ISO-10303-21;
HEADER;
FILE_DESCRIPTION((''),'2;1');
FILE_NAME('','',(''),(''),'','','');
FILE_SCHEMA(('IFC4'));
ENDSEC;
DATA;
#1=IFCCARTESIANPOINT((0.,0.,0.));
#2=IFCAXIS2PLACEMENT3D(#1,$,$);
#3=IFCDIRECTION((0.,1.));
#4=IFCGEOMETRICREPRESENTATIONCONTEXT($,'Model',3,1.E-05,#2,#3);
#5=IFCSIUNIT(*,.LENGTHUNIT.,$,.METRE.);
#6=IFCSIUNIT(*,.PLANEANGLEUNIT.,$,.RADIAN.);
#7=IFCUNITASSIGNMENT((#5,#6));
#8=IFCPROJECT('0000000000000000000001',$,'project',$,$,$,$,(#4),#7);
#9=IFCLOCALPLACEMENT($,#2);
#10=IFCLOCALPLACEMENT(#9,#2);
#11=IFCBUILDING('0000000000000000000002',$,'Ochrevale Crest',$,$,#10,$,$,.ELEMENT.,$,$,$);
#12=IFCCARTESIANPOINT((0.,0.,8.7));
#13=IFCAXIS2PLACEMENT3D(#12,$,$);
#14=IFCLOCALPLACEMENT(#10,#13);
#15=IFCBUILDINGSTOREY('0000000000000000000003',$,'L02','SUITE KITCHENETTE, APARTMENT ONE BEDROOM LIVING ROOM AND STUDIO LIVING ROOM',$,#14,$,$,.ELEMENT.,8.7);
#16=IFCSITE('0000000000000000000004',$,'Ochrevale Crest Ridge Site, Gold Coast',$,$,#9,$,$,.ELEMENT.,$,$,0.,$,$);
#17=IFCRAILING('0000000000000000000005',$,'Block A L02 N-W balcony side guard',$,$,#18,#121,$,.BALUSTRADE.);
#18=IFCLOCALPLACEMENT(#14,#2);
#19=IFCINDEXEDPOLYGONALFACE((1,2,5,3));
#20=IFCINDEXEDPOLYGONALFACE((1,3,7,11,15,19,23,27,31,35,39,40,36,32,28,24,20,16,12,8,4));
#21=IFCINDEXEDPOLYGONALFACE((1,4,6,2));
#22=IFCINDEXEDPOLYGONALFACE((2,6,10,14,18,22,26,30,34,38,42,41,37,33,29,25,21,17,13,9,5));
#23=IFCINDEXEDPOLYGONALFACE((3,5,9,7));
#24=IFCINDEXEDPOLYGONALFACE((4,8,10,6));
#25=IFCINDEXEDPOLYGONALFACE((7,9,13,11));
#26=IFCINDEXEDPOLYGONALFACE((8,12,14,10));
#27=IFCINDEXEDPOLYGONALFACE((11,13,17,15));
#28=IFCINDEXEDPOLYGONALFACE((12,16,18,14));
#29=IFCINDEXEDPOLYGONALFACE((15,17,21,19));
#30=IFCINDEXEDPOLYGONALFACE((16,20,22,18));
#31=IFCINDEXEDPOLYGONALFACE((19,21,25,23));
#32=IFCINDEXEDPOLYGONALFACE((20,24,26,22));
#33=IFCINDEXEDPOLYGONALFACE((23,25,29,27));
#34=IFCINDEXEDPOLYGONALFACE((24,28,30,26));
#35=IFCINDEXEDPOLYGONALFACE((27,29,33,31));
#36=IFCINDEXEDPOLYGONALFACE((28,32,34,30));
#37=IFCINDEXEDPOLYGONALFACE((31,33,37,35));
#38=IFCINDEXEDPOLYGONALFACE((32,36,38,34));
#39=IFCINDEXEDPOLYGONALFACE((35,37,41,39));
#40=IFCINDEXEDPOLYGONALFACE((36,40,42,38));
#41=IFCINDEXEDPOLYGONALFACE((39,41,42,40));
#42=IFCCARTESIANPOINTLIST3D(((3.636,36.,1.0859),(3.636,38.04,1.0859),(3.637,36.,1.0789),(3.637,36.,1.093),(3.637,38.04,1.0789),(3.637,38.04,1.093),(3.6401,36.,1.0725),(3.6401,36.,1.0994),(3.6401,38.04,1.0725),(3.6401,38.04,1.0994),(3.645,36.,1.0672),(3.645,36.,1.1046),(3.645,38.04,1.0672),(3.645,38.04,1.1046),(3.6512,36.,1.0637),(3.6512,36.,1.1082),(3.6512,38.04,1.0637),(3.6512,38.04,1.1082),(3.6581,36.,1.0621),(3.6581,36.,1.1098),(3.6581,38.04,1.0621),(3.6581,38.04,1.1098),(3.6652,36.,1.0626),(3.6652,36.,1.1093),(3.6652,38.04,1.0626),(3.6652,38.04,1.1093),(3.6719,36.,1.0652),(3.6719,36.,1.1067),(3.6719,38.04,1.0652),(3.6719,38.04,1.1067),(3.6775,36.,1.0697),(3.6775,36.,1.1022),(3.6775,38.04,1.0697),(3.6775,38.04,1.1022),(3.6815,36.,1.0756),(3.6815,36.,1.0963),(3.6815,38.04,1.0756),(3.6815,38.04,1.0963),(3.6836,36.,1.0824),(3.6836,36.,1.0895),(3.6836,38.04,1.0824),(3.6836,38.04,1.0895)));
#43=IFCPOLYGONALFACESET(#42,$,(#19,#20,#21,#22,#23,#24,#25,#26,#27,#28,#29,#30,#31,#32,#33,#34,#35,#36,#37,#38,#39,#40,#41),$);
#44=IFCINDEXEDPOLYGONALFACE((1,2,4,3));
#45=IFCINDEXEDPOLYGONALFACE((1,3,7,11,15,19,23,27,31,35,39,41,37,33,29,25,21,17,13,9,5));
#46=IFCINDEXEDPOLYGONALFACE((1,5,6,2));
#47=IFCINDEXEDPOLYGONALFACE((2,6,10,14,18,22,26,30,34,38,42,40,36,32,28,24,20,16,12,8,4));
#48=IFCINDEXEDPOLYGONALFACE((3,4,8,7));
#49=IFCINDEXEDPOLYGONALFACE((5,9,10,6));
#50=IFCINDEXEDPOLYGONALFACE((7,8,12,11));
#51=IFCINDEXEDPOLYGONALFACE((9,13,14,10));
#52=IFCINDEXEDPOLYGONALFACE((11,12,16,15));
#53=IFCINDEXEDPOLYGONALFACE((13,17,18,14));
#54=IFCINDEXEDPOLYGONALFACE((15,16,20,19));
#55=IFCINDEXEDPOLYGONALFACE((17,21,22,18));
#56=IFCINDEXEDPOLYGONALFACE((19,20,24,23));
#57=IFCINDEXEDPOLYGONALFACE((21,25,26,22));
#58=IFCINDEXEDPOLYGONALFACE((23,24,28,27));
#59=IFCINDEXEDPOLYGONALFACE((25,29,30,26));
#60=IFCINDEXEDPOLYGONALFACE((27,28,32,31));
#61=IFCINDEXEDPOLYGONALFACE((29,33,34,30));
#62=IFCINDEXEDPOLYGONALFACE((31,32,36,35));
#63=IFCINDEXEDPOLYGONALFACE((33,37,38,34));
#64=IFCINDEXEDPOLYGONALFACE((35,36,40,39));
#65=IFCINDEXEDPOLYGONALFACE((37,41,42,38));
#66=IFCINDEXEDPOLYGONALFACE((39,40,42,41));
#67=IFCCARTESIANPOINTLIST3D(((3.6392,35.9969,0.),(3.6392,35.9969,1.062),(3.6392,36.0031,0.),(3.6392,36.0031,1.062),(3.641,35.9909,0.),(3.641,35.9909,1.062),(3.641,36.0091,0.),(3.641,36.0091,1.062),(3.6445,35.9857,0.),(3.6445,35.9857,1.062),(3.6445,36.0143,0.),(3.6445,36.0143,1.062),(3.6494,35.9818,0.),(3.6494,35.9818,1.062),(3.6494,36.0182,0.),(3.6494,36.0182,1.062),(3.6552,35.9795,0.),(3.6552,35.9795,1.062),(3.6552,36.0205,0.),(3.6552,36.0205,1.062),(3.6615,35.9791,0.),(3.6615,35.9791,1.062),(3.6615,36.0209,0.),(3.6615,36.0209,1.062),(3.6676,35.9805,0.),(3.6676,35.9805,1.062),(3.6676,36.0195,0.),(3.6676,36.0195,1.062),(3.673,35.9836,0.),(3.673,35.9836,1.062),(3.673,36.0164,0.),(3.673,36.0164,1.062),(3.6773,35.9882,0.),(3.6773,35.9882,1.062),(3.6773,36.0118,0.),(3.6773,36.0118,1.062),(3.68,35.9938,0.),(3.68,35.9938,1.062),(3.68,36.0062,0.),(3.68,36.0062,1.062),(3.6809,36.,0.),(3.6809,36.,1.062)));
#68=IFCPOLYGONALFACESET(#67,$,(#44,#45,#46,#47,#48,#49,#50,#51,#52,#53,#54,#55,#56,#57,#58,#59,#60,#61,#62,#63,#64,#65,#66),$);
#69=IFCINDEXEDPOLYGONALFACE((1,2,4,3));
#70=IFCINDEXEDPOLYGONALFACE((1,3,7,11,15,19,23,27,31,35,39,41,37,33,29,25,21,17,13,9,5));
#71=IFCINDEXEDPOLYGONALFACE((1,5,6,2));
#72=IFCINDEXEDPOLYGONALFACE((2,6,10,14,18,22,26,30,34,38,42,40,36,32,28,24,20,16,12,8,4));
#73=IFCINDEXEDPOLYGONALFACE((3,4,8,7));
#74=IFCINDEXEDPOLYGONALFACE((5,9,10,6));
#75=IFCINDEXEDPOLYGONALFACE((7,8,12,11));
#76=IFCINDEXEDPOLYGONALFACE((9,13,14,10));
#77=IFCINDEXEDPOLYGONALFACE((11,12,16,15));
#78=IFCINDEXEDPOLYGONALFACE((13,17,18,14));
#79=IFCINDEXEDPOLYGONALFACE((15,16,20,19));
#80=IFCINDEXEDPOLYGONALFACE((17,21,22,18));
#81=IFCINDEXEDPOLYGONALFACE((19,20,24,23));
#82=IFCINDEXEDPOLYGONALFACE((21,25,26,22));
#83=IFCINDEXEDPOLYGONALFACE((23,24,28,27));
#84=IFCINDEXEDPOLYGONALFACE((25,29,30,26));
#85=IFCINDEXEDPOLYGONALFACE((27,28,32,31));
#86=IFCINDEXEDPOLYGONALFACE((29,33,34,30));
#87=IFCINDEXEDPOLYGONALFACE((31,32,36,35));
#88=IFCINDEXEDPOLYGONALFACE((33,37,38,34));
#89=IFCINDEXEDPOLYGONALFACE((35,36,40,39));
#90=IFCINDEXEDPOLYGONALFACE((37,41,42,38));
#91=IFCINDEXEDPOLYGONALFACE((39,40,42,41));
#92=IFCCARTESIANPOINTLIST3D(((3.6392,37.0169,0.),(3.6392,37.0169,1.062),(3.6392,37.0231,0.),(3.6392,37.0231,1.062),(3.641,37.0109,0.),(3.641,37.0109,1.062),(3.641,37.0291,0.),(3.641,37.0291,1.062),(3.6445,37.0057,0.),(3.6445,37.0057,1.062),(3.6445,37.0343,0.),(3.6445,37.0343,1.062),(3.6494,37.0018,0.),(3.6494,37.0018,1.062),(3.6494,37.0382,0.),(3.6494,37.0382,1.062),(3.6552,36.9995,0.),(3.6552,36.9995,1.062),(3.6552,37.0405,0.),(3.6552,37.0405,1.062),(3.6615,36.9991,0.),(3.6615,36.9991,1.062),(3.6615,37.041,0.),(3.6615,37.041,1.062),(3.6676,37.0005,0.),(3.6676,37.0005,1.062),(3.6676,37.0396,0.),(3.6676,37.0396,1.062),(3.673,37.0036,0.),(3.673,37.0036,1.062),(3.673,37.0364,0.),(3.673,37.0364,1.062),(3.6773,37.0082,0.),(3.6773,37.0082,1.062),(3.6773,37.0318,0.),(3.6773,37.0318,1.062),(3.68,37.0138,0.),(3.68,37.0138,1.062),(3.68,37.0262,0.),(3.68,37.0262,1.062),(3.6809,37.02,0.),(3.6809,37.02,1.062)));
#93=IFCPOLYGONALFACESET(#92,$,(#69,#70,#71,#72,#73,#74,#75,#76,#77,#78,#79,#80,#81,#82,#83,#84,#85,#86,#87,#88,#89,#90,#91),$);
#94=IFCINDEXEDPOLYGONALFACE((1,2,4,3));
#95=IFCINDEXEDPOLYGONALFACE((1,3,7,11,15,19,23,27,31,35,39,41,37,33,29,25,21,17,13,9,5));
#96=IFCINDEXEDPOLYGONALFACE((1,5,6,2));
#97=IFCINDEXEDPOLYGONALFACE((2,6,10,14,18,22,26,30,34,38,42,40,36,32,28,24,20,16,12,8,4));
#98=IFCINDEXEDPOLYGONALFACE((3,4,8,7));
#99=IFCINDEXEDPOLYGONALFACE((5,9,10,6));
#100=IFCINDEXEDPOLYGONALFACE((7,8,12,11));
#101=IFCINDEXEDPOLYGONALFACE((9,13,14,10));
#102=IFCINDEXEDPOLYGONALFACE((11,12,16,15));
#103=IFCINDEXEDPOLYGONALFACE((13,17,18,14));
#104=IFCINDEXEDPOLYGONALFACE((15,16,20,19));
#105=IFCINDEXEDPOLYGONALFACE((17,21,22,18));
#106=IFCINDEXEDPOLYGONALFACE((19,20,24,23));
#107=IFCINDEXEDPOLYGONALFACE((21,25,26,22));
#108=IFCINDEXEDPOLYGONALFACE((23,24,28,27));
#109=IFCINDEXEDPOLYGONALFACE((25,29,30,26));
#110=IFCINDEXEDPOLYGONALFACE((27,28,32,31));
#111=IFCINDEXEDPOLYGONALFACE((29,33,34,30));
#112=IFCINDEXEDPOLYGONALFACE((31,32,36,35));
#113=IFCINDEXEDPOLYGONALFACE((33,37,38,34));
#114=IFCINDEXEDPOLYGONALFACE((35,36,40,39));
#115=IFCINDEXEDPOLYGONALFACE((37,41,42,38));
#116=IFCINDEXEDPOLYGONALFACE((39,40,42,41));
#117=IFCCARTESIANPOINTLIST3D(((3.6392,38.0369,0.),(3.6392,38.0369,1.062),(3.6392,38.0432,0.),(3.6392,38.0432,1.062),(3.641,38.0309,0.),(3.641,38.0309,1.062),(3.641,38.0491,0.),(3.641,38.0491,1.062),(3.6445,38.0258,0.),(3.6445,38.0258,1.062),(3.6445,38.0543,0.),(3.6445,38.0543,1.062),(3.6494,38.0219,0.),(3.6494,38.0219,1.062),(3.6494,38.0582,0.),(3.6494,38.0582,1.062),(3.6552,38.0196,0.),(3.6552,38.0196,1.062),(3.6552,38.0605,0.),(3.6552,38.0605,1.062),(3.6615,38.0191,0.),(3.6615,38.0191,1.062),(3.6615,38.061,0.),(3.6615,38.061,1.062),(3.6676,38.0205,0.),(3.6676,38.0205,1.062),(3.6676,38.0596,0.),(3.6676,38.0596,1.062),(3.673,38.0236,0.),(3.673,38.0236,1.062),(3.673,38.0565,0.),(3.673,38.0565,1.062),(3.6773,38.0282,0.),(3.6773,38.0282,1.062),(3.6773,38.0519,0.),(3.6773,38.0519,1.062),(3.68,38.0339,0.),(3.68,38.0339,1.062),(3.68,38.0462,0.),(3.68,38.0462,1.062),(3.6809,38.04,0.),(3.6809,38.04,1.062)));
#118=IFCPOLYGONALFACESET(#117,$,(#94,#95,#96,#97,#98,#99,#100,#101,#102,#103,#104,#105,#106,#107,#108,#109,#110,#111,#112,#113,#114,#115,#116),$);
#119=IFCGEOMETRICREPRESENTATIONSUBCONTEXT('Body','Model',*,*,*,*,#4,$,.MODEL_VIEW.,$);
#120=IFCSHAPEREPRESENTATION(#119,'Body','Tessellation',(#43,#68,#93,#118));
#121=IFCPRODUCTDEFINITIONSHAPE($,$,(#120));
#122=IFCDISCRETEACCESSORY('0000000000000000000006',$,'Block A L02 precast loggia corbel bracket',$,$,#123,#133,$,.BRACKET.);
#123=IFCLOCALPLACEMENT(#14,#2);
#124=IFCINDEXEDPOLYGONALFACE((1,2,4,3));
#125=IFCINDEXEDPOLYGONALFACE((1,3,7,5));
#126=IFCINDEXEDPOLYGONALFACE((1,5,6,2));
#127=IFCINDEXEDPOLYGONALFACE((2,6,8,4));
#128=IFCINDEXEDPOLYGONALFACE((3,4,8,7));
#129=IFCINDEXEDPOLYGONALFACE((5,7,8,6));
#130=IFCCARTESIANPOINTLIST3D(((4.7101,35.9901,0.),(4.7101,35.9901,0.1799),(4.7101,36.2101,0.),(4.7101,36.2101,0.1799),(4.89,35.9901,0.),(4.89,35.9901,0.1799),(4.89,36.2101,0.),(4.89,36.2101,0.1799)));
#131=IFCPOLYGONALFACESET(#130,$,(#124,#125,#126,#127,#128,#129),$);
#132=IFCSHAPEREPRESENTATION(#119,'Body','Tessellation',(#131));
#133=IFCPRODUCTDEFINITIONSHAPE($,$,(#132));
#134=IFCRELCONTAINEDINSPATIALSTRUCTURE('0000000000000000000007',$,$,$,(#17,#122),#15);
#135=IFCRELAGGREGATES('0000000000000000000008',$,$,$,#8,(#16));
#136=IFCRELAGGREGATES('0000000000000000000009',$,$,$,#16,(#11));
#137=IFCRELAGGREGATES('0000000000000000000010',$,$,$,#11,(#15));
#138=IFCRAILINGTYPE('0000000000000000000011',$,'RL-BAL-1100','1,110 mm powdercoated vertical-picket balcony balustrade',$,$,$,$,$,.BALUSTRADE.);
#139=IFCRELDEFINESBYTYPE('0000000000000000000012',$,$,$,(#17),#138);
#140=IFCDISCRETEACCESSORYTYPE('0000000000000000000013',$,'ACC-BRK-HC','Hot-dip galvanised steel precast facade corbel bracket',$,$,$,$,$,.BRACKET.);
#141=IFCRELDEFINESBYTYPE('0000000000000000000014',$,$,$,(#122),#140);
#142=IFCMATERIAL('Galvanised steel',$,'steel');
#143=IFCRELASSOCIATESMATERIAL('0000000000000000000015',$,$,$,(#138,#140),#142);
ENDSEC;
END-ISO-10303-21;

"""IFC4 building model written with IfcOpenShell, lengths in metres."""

from ifc_helpers import new_model, si_unit, direction, frame, origin, origin_2d, place, context, subcontext, project, spatial, rectangle, circle, extrude, material, type_object, element, save


model = new_model("IFC4")

# Units and contexts
model_context = context("Model", 3, precision=1e-05, world=origin(), true_north=direction((0.0, 1.0)))
body_context = subcontext(model_context, "Body", "Model", "MODEL_VIEW")
ifc_project = project(units=[si_unit("LENGTHUNIT", "METRE"), si_unit("PLANEANGLEUNIT", "RADIAN")], contexts=[model_context])

# Site, building, storey
site_placement = place(None, origin())
site = spatial("IfcSite", under=ifc_project, at=site_placement, Name="Ochrevale Crest Ridge Site, Gold Coast", CompositionType="ELEMENT", RefElevation=0.0)
building_placement = place(site_placement, origin())
building = spatial("IfcBuilding", under=site, at=building_placement, Name="Ochrevale Crest", CompositionType="ELEMENT")
storey_placement = place(building_placement, frame((0.0, 0.0, 8.7)))
storey = spatial("IfcBuildingStorey", under=building, at=storey_placement, Name="L02", Description="SUITE KITCHENETTE, APARTMENT ONE BEDROOM LIVING ROOM AND STUDIO LIVING ROOM", CompositionType="ELEMENT", Elevation=8.7)

# Railing
ifc_material_1 = material(Name="Galvanised steel", Category="steel")
railing_type = type_object("IfcRailingType", Name="RL-BAL-1100", Description="1,110 mm powdercoated vertical-picket balcony balustrade", PredefinedType="BALUSTRADE", material=ifc_material_1)
railing_placement = place(storey_placement, frame((3.6599, 36.0, 0.0)))
element("IfcRailing", 1, at=railing_placement, inside=storey, type_object=railing_type, Name="Block A L02 N-W balcony side guard", PredefinedType="BALUSTRADE", context=body_context, shape_type="SweptSolid", body=[
    extrude(circle(Radius=0.0239, at=origin_2d()), frame((0.0, 0.0, 1.0859), z_axis=(0.0, 1.0, 0.0), x_axis=(-1.0, 0.0, 0.0)), (0.0, 0.0, 1.0), 2.04),
    extrude(circle(Radius=0.021, at=origin_2d()), origin(), (0.0, 0.0, 1.0), 1.062),
    extrude(circle(Radius=0.021, at=origin_2d()), frame((0.0, 1.02, 0.0)), (0.0, 0.0, 1.0), 1.062),
    extrude(circle(Radius=0.021, at=origin_2d()), frame((0.0, 2.04, 0.0)), (0.0, 0.0, 1.0), 1.062),
])

# Discrete accessory
discrete_accessory_type = type_object("IfcDiscreteAccessoryType", Name="ACC-BRK-HC", Description="Hot-dip galvanised steel precast facade corbel bracket", PredefinedType="BRACKET", material=ifc_material_1)
discrete_accessory_placement = place(storey_placement, frame((4.8, 36.1001, 0.0), z_axis=(0.0, 0.0, 1.0), x_axis=(1.0, 0.0, 0.0)))
element("IfcDiscreteAccessory", 2, at=discrete_accessory_placement, inside=storey, type_object=discrete_accessory_type, Name="Block A L02 precast loggia corbel bracket", PredefinedType="BRACKET", context=body_context, shape_type="SweptSolid", body=[
    extrude(rectangle(XDim=0.1799, YDim=0.22, at=origin_2d()), origin(), (0.0, 0.0, 1.0), 0.1799),
])

save(model, "model.ifc")
